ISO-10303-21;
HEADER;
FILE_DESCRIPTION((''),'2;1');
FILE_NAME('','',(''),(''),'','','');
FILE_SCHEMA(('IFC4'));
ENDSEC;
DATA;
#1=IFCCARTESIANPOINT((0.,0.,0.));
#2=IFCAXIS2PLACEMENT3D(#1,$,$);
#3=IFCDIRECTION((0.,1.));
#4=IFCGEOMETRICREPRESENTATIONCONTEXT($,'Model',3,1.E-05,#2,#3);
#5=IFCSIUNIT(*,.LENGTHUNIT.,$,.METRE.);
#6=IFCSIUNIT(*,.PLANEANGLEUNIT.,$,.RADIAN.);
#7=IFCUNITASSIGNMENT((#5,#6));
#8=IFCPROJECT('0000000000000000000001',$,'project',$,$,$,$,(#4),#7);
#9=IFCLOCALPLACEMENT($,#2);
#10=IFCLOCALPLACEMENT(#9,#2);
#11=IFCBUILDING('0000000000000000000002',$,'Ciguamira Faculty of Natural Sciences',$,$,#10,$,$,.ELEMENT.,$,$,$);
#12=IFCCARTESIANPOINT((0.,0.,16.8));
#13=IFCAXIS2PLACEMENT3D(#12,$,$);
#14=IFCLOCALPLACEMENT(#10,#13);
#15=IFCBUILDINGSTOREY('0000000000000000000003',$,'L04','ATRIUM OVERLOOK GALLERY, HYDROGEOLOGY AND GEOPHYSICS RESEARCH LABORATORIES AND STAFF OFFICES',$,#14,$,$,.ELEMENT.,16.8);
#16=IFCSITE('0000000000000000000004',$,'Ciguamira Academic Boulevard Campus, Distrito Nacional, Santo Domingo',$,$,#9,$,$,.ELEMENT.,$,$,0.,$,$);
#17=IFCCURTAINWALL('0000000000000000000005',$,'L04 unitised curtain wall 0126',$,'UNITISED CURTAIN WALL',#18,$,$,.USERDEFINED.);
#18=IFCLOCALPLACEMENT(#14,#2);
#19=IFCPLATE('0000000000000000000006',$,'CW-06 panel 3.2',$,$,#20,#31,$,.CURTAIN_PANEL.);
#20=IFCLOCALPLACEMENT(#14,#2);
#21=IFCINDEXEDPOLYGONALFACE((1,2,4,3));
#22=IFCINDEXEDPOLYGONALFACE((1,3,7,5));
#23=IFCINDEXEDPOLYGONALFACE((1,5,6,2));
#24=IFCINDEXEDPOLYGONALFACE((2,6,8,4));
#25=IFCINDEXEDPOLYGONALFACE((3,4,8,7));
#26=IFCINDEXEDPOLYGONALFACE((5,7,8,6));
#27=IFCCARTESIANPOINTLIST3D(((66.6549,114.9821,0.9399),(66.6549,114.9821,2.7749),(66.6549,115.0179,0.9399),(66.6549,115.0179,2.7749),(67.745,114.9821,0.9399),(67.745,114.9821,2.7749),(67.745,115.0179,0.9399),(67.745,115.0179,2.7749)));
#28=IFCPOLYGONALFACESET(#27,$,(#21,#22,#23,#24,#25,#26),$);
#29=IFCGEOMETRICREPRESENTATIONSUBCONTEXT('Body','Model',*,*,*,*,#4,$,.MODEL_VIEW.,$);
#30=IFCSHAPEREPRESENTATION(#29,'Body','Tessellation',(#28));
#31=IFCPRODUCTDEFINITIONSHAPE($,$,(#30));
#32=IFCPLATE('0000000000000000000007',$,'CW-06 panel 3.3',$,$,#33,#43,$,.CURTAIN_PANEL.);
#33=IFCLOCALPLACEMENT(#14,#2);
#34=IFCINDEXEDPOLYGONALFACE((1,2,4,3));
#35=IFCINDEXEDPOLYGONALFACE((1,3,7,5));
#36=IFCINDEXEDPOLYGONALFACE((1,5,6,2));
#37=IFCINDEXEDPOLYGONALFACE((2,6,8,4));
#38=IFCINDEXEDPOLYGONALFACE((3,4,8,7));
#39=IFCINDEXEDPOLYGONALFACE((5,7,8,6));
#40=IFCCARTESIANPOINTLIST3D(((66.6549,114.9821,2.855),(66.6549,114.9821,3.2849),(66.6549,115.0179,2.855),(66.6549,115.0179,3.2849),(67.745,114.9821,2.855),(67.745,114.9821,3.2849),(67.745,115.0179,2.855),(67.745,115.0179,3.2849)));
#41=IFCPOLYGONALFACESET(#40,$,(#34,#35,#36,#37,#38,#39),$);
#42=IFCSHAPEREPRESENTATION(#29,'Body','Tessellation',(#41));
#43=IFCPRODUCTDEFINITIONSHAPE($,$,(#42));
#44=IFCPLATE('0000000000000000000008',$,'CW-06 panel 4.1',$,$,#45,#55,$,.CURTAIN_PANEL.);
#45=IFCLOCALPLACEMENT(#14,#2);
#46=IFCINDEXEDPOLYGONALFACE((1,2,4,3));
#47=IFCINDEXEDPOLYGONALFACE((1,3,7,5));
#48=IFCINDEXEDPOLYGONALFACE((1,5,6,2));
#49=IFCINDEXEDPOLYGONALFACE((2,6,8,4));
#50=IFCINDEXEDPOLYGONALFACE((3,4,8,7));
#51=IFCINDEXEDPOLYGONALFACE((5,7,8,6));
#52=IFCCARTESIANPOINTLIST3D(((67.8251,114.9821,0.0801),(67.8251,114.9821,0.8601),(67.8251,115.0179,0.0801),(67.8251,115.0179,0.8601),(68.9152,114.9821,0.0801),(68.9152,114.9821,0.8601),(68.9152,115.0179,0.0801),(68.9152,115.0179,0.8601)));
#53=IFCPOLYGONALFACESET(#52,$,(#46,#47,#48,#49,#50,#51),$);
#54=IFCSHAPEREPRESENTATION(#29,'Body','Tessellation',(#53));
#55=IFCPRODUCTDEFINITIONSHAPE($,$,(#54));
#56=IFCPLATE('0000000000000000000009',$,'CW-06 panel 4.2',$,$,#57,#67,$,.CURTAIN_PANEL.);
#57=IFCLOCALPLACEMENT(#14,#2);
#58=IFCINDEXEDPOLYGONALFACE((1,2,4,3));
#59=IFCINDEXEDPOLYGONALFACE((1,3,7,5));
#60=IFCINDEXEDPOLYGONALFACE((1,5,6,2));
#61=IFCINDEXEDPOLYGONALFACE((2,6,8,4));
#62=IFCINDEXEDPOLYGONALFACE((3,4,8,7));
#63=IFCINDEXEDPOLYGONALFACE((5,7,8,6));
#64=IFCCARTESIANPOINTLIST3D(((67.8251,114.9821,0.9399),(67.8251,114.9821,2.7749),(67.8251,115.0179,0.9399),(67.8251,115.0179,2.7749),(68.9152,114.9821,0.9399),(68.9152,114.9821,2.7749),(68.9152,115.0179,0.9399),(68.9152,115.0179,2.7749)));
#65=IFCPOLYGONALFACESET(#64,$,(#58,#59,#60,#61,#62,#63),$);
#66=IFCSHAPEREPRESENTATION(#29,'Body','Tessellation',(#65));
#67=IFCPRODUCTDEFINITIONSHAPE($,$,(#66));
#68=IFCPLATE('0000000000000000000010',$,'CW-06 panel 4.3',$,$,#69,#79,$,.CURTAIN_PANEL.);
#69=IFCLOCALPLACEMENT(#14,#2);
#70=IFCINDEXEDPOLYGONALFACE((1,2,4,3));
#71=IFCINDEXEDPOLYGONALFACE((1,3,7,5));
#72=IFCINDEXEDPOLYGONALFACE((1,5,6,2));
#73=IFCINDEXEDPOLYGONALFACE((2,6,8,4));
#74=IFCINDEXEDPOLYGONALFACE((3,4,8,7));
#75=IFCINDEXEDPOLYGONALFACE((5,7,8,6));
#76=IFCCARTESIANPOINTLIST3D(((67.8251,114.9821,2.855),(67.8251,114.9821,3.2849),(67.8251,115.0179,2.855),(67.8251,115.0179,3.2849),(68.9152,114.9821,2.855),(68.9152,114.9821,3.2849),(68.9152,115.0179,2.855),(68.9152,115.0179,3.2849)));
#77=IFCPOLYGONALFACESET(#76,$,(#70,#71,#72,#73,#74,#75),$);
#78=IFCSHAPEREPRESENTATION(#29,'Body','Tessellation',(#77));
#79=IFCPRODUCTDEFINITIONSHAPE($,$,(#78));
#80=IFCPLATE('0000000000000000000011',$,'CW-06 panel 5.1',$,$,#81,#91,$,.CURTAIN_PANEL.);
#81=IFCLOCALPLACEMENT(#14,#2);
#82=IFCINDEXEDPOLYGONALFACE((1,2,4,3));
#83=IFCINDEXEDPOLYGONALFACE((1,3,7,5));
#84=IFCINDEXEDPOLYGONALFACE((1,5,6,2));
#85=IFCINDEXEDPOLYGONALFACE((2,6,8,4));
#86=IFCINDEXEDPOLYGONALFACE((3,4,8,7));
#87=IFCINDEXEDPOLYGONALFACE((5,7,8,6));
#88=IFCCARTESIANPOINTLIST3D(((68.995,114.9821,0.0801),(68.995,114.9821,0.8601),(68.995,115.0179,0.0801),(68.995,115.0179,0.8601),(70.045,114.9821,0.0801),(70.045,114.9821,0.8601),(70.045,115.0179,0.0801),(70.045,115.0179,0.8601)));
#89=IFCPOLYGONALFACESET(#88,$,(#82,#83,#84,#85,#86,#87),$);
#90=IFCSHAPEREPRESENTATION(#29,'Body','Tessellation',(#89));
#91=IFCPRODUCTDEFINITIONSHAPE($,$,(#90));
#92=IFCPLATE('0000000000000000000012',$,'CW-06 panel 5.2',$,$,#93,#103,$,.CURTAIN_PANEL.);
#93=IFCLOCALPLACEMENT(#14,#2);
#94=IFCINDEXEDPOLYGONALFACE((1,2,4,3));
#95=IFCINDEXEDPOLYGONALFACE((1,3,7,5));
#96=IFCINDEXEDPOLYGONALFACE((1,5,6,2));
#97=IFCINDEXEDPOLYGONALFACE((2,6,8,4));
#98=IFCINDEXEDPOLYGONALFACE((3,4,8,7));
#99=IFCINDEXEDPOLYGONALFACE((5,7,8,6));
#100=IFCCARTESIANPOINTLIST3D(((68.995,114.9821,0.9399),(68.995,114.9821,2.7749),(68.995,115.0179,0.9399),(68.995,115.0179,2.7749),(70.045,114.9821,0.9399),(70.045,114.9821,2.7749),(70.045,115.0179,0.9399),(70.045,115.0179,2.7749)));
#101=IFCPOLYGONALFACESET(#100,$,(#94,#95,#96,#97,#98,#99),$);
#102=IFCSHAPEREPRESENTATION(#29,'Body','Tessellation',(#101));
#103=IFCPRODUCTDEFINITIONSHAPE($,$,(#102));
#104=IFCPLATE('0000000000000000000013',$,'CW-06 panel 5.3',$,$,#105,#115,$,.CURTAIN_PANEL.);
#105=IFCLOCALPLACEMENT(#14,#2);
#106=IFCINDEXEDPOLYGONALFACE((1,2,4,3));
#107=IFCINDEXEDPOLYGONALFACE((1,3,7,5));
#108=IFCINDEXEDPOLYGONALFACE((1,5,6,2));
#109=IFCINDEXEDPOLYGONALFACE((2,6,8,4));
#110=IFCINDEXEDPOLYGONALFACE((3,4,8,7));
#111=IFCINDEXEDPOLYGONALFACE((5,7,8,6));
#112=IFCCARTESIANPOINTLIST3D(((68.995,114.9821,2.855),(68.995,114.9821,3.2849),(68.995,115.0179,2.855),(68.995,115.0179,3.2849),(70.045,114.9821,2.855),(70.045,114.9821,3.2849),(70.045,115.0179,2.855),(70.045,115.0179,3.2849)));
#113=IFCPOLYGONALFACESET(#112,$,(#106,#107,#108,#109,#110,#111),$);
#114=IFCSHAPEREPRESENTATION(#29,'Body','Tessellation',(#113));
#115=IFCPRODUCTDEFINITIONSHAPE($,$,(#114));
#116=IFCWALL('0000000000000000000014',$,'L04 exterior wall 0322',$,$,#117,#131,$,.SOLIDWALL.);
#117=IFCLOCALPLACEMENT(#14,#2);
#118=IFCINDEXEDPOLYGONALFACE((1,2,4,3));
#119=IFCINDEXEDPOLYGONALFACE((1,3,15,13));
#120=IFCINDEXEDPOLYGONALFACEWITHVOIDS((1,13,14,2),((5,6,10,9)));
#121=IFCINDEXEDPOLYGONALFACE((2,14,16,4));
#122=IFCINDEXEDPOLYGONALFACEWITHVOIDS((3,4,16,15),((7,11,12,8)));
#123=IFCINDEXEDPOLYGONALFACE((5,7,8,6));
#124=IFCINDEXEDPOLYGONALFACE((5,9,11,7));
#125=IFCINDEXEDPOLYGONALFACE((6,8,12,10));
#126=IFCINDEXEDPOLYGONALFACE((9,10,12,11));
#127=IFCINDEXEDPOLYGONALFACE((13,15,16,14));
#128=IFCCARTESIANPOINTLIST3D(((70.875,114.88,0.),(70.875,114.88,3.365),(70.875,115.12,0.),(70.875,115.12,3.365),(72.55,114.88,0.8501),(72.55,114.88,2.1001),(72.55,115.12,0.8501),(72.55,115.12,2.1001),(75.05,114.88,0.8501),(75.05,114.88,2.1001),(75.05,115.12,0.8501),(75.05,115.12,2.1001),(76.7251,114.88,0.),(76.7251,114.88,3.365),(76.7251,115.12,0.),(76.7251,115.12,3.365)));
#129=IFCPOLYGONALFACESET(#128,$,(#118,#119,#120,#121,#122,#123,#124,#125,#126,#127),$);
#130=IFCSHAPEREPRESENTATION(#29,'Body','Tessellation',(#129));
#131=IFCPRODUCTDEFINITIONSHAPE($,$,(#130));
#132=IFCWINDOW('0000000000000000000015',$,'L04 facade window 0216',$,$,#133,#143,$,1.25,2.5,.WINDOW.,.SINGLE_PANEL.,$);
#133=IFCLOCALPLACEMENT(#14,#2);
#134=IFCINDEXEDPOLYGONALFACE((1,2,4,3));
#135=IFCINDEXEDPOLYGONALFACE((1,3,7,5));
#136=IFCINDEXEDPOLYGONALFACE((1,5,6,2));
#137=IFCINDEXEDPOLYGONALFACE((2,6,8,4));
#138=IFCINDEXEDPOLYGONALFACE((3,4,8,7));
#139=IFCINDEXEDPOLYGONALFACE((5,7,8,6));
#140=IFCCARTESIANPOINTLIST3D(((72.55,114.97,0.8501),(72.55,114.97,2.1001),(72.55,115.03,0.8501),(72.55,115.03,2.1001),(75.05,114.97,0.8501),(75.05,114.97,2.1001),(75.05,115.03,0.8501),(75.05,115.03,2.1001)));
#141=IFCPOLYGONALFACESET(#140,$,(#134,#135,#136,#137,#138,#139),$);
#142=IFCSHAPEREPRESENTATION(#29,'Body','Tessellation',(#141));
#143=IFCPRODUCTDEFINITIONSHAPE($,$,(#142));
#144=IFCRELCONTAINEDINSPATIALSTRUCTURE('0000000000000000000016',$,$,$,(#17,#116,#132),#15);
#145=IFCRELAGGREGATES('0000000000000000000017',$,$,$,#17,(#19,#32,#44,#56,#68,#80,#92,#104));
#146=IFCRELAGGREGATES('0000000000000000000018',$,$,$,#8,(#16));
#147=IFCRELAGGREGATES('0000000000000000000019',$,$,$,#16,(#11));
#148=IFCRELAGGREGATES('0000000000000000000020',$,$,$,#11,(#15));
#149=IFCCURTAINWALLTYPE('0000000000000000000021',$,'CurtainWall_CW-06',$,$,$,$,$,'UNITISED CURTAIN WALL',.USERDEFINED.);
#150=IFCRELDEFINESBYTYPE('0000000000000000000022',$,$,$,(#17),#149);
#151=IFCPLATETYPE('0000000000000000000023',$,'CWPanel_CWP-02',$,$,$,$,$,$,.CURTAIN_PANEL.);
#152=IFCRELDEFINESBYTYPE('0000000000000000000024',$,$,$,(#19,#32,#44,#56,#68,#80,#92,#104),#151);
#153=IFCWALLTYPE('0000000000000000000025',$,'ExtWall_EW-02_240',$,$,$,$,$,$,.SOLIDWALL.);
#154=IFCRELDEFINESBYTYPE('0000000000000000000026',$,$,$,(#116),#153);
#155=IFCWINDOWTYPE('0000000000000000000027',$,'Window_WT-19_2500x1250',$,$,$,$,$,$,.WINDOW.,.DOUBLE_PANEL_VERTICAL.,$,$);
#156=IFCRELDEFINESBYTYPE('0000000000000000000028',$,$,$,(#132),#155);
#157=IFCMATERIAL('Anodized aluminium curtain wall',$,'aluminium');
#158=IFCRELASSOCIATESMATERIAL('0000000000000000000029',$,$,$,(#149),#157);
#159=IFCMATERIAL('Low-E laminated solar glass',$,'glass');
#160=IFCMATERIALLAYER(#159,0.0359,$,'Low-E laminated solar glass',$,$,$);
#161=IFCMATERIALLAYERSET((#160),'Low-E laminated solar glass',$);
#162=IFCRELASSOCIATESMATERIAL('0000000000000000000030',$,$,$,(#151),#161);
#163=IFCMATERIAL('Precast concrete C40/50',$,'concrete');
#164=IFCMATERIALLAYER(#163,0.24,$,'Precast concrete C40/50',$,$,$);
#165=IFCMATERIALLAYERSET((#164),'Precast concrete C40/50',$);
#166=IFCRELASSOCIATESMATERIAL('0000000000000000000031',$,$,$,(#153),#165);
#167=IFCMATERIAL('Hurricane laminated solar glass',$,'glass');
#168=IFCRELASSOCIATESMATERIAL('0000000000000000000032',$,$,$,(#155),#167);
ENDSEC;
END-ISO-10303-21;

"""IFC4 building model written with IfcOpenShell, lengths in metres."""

from ifc_helpers import new_model, si_unit, direction, frame, frame_2d, origin, origin_2d, place, context, subcontext, project, spatial, rectangle, extrude, material, layer, layer_set, type_object, element, fill, aggregate, save


model = new_model("IFC4")

# Units and contexts
model_context = context("Model", 3, precision=1e-05, world=origin(), true_north=direction((0.0, 1.0)))
body_context = subcontext(model_context, "Body", "Model", "MODEL_VIEW")
ifc_project = project(units=[si_unit("LENGTHUNIT", "METRE"), si_unit("PLANEANGLEUNIT", "RADIAN")], contexts=[model_context])

# Site, building, storey
site_placement = place(None, origin())
site = spatial("IfcSite", under=ifc_project, at=site_placement, Name="Ciguamira Academic Boulevard Campus, Distrito Nacional, Santo Domingo", CompositionType="ELEMENT", RefElevation=0.0)
building_placement = place(site_placement, origin())
building = spatial("IfcBuilding", under=site, at=building_placement, Name="Ciguamira Faculty of Natural Sciences", CompositionType="ELEMENT")
storey_placement = place(building_placement, frame((0.0, 0.0, 16.8)))
storey = spatial("IfcBuildingStorey", under=building, at=storey_placement, Name="L04", Description="ATRIUM OVERLOOK GALLERY, HYDROGEOLOGY AND GEOPHYSICS RESEARCH LABORATORIES AND STAFF OFFICES", CompositionType="ELEMENT", Elevation=16.8)

# Curtain wall
ifc_material_1 = material(Name="Anodized aluminium curtain wall", Category="aluminium")
curtain_wall_type = type_object("IfcCurtainWallType", Name="CurtainWall_CW-06", ElementType="UNITISED CURTAIN WALL", PredefinedType="USERDEFINED", material=ifc_material_1)
curtain_wall_placement = place(storey_placement, origin())
curtain_wall = element("IfcCurtainWall", 1, at=curtain_wall_placement, inside=storey, type_object=curtain_wall_type, Name="L04 unitised curtain wall 0126", ObjectType="UNITISED CURTAIN WALL", PredefinedType="USERDEFINED")

# Plates
ifc_material_2 = material(Name="Low-E laminated solar glass", Category="glass")
ifc_layer_1 = layer(ifc_material_2, 0.0359, Name="Low-E laminated solar glass")
ifc_layer_set_1 = layer_set([ifc_layer_1], Name="Low-E laminated solar glass")
plate_type = type_object("IfcPlateType", Name="CWPanel_CWP-02", PredefinedType="CURTAIN_PANEL", material=ifc_layer_set_1)
plate_1_placement = place(storey_placement, frame((67.2, 115.0, 0.9399), z_axis=(0.0, 0.0, 1.0), x_axis=(1.0, 0.0, 0.0)))
plate_1 = element("IfcPlate", 2, at=plate_1_placement, type_object=plate_type, Name="CW-06 panel 3.2", PredefinedType="CURTAIN_PANEL", context=body_context, shape_type="SweptSolid", body=[
    extrude(rectangle(XDim=1.0901, YDim=0.0359, at=origin_2d()), origin(), (0.0, 0.0, 1.0), 1.835),
])
plate_2_placement = place(storey_placement, frame((67.2, 115.0, 2.855), z_axis=(0.0, 0.0, 1.0), x_axis=(1.0, 0.0, 0.0)))
plate_2 = element("IfcPlate", 3, at=plate_2_placement, type_object=plate_type, Name="CW-06 panel 3.3", PredefinedType="CURTAIN_PANEL", context=body_context, shape_type="SweptSolid", body=[
    extrude(rectangle(XDim=1.0901, YDim=0.0359, at=origin_2d()), origin(), (0.0, 0.0, 1.0), 0.4299),
])
plate_3_placement = place(storey_placement, frame((68.3701, 115.0, 0.0801), z_axis=(0.0, 0.0, 1.0), x_axis=(1.0, 0.0, 0.0)))
plate_3 = element("IfcPlate", 4, at=plate_3_placement, type_object=plate_type, Name="CW-06 panel 4.1", PredefinedType="CURTAIN_PANEL", context=body_context, shape_type="SweptSolid", body=[
    extrude(rectangle(XDim=1.0901, YDim=0.0359, at=origin_2d()), origin(), (0.0, 0.0, 1.0), 0.78),
])
plate_4_placement = place(storey_placement, frame((68.3701, 115.0, 0.9399), z_axis=(0.0, 0.0, 1.0), x_axis=(1.0, 0.0, 0.0)))
plate_4 = element("IfcPlate", 5, at=plate_4_placement, type_object=plate_type, Name="CW-06 panel 4.2", PredefinedType="CURTAIN_PANEL", context=body_context, shape_type="SweptSolid", body=[
    extrude(rectangle(XDim=1.0901, YDim=0.0359, at=origin_2d()), origin(), (0.0, 0.0, 1.0), 1.835),
])
plate_5_placement = place(storey_placement, frame((68.3701, 115.0, 2.855), z_axis=(0.0, 0.0, 1.0), x_axis=(1.0, 0.0, 0.0)))
plate_5 = element("IfcPlate", 6, at=plate_5_placement, type_object=plate_type, Name="CW-06 panel 4.3", PredefinedType="CURTAIN_PANEL", context=body_context, shape_type="SweptSolid", body=[
    extrude(rectangle(XDim=1.0901, YDim=0.0359, at=origin_2d()), origin(), (0.0, 0.0, 1.0), 0.4299),
])
plate_6_placement = place(storey_placement, frame((69.52, 115.0, 0.0801), z_axis=(0.0, 0.0, 1.0), x_axis=(1.0, 0.0, 0.0)))
plate_6 = element("IfcPlate", 7, at=plate_6_placement, type_object=plate_type, Name="CW-06 panel 5.1", PredefinedType="CURTAIN_PANEL", context=body_context, shape_type="SweptSolid", body=[
    extrude(rectangle(XDim=1.05, YDim=0.0359, at=origin_2d()), origin(), (0.0, 0.0, 1.0), 0.78),
])
plate_7_placement = place(storey_placement, frame((69.52, 115.0, 0.9399), z_axis=(0.0, 0.0, 1.0), x_axis=(1.0, 0.0, 0.0)))
plate_7 = element("IfcPlate", 8, at=plate_7_placement, type_object=plate_type, Name="CW-06 panel 5.2", PredefinedType="CURTAIN_PANEL", context=body_context, shape_type="SweptSolid", body=[
    extrude(rectangle(XDim=1.05, YDim=0.0359, at=origin_2d()), origin(), (0.0, 0.0, 1.0), 1.835),
])
plate_8_placement = place(storey_placement, frame((69.52, 115.0, 2.855), z_axis=(0.0, 0.0, 1.0), x_axis=(1.0, 0.0, 0.0)))
plate_8 = element("IfcPlate", 9, at=plate_8_placement, type_object=plate_type, Name="CW-06 panel 5.3", PredefinedType="CURTAIN_PANEL", context=body_context, shape_type="SweptSolid", body=[
    extrude(rectangle(XDim=1.05, YDim=0.0359, at=origin_2d()), origin(), (0.0, 0.0, 1.0), 0.4299),
])
aggregate(curtain_wall, [plate_1, plate_2, plate_3, plate_4, plate_5, plate_6, plate_7, plate_8])

# Wall, opening, window
ifc_material_3 = material(Name="Precast concrete C40/50", Category="concrete")
ifc_layer_2 = layer(ifc_material_3, 0.24, Name="Precast concrete C40/50")
ifc_layer_set_2 = layer_set([ifc_layer_2], Name="Precast concrete C40/50")
wall_type = type_object("IfcWallType", Name="ExtWall_EW-02_240", PredefinedType="SOLIDWALL", material=ifc_layer_set_2)
wall_placement = place(storey_placement, frame((70.875, 115.0, 0.0), z_axis=(0.0, 0.0, 1.0), x_axis=(1.0, 0.0, 0.0)))
wall = element("IfcWall", 10, at=wall_placement, inside=storey, type_object=wall_type, Name="L04 exterior wall 0322", PredefinedType="SOLIDWALL", context=body_context, shape_type="SweptSolid", body=[
    extrude(rectangle(XDim=5.8501, YDim=0.24, at=frame_2d((2.925, 0.0))), origin(), (0.0, 0.0, 1.0), 3.365),
])
opening_placement = place(wall_placement, frame((1.675, 0.0, 0.8501)))
opening = element("IfcOpeningElement", 11, at=opening_placement, cuts=wall, PredefinedType="OPENING", context=body_context, shape_type="SweptSolid", body=[
    extrude(rectangle(XDim=2.5, YDim=1.25, at=frame_2d((1.25, 0.625))), frame((0.0, 0.1299, 0.0), z_axis=(0.0, -1.0, 0.0), x_axis=(1.0, 0.0, 0.0)), (0.0, 0.0, 1.0), 0.26),
])
ifc_material_4 = material(Name="Hurricane laminated solar glass", Category="glass")
window_type = type_object("IfcWindowType", Name="Window_WT-19_2500x1250", PartitioningType="DOUBLE_PANEL_VERTICAL", PredefinedType="WINDOW", material=ifc_material_4)
window_placement = place(opening_placement, origin())
window = element("IfcWindow", 12, at=window_placement, inside=storey, type_object=window_type, Name="L04 facade window 0216", OverallHeight=1.25, OverallWidth=2.5, PartitioningType="SINGLE_PANEL", PredefinedType="WINDOW", context=body_context, shape_type="SweptSolid", body=[
    extrude(rectangle(XDim=2.5, YDim=1.25, at=frame_2d((1.25, 0.625))), frame((0.0, 0.03, 0.0), z_axis=(0.0, -1.0, 0.0), x_axis=(1.0, 0.0, 0.0)), (0.0, 0.0, 1.0), 0.0601),
])
fill(opening, window)

save(model, "model.ifc")
